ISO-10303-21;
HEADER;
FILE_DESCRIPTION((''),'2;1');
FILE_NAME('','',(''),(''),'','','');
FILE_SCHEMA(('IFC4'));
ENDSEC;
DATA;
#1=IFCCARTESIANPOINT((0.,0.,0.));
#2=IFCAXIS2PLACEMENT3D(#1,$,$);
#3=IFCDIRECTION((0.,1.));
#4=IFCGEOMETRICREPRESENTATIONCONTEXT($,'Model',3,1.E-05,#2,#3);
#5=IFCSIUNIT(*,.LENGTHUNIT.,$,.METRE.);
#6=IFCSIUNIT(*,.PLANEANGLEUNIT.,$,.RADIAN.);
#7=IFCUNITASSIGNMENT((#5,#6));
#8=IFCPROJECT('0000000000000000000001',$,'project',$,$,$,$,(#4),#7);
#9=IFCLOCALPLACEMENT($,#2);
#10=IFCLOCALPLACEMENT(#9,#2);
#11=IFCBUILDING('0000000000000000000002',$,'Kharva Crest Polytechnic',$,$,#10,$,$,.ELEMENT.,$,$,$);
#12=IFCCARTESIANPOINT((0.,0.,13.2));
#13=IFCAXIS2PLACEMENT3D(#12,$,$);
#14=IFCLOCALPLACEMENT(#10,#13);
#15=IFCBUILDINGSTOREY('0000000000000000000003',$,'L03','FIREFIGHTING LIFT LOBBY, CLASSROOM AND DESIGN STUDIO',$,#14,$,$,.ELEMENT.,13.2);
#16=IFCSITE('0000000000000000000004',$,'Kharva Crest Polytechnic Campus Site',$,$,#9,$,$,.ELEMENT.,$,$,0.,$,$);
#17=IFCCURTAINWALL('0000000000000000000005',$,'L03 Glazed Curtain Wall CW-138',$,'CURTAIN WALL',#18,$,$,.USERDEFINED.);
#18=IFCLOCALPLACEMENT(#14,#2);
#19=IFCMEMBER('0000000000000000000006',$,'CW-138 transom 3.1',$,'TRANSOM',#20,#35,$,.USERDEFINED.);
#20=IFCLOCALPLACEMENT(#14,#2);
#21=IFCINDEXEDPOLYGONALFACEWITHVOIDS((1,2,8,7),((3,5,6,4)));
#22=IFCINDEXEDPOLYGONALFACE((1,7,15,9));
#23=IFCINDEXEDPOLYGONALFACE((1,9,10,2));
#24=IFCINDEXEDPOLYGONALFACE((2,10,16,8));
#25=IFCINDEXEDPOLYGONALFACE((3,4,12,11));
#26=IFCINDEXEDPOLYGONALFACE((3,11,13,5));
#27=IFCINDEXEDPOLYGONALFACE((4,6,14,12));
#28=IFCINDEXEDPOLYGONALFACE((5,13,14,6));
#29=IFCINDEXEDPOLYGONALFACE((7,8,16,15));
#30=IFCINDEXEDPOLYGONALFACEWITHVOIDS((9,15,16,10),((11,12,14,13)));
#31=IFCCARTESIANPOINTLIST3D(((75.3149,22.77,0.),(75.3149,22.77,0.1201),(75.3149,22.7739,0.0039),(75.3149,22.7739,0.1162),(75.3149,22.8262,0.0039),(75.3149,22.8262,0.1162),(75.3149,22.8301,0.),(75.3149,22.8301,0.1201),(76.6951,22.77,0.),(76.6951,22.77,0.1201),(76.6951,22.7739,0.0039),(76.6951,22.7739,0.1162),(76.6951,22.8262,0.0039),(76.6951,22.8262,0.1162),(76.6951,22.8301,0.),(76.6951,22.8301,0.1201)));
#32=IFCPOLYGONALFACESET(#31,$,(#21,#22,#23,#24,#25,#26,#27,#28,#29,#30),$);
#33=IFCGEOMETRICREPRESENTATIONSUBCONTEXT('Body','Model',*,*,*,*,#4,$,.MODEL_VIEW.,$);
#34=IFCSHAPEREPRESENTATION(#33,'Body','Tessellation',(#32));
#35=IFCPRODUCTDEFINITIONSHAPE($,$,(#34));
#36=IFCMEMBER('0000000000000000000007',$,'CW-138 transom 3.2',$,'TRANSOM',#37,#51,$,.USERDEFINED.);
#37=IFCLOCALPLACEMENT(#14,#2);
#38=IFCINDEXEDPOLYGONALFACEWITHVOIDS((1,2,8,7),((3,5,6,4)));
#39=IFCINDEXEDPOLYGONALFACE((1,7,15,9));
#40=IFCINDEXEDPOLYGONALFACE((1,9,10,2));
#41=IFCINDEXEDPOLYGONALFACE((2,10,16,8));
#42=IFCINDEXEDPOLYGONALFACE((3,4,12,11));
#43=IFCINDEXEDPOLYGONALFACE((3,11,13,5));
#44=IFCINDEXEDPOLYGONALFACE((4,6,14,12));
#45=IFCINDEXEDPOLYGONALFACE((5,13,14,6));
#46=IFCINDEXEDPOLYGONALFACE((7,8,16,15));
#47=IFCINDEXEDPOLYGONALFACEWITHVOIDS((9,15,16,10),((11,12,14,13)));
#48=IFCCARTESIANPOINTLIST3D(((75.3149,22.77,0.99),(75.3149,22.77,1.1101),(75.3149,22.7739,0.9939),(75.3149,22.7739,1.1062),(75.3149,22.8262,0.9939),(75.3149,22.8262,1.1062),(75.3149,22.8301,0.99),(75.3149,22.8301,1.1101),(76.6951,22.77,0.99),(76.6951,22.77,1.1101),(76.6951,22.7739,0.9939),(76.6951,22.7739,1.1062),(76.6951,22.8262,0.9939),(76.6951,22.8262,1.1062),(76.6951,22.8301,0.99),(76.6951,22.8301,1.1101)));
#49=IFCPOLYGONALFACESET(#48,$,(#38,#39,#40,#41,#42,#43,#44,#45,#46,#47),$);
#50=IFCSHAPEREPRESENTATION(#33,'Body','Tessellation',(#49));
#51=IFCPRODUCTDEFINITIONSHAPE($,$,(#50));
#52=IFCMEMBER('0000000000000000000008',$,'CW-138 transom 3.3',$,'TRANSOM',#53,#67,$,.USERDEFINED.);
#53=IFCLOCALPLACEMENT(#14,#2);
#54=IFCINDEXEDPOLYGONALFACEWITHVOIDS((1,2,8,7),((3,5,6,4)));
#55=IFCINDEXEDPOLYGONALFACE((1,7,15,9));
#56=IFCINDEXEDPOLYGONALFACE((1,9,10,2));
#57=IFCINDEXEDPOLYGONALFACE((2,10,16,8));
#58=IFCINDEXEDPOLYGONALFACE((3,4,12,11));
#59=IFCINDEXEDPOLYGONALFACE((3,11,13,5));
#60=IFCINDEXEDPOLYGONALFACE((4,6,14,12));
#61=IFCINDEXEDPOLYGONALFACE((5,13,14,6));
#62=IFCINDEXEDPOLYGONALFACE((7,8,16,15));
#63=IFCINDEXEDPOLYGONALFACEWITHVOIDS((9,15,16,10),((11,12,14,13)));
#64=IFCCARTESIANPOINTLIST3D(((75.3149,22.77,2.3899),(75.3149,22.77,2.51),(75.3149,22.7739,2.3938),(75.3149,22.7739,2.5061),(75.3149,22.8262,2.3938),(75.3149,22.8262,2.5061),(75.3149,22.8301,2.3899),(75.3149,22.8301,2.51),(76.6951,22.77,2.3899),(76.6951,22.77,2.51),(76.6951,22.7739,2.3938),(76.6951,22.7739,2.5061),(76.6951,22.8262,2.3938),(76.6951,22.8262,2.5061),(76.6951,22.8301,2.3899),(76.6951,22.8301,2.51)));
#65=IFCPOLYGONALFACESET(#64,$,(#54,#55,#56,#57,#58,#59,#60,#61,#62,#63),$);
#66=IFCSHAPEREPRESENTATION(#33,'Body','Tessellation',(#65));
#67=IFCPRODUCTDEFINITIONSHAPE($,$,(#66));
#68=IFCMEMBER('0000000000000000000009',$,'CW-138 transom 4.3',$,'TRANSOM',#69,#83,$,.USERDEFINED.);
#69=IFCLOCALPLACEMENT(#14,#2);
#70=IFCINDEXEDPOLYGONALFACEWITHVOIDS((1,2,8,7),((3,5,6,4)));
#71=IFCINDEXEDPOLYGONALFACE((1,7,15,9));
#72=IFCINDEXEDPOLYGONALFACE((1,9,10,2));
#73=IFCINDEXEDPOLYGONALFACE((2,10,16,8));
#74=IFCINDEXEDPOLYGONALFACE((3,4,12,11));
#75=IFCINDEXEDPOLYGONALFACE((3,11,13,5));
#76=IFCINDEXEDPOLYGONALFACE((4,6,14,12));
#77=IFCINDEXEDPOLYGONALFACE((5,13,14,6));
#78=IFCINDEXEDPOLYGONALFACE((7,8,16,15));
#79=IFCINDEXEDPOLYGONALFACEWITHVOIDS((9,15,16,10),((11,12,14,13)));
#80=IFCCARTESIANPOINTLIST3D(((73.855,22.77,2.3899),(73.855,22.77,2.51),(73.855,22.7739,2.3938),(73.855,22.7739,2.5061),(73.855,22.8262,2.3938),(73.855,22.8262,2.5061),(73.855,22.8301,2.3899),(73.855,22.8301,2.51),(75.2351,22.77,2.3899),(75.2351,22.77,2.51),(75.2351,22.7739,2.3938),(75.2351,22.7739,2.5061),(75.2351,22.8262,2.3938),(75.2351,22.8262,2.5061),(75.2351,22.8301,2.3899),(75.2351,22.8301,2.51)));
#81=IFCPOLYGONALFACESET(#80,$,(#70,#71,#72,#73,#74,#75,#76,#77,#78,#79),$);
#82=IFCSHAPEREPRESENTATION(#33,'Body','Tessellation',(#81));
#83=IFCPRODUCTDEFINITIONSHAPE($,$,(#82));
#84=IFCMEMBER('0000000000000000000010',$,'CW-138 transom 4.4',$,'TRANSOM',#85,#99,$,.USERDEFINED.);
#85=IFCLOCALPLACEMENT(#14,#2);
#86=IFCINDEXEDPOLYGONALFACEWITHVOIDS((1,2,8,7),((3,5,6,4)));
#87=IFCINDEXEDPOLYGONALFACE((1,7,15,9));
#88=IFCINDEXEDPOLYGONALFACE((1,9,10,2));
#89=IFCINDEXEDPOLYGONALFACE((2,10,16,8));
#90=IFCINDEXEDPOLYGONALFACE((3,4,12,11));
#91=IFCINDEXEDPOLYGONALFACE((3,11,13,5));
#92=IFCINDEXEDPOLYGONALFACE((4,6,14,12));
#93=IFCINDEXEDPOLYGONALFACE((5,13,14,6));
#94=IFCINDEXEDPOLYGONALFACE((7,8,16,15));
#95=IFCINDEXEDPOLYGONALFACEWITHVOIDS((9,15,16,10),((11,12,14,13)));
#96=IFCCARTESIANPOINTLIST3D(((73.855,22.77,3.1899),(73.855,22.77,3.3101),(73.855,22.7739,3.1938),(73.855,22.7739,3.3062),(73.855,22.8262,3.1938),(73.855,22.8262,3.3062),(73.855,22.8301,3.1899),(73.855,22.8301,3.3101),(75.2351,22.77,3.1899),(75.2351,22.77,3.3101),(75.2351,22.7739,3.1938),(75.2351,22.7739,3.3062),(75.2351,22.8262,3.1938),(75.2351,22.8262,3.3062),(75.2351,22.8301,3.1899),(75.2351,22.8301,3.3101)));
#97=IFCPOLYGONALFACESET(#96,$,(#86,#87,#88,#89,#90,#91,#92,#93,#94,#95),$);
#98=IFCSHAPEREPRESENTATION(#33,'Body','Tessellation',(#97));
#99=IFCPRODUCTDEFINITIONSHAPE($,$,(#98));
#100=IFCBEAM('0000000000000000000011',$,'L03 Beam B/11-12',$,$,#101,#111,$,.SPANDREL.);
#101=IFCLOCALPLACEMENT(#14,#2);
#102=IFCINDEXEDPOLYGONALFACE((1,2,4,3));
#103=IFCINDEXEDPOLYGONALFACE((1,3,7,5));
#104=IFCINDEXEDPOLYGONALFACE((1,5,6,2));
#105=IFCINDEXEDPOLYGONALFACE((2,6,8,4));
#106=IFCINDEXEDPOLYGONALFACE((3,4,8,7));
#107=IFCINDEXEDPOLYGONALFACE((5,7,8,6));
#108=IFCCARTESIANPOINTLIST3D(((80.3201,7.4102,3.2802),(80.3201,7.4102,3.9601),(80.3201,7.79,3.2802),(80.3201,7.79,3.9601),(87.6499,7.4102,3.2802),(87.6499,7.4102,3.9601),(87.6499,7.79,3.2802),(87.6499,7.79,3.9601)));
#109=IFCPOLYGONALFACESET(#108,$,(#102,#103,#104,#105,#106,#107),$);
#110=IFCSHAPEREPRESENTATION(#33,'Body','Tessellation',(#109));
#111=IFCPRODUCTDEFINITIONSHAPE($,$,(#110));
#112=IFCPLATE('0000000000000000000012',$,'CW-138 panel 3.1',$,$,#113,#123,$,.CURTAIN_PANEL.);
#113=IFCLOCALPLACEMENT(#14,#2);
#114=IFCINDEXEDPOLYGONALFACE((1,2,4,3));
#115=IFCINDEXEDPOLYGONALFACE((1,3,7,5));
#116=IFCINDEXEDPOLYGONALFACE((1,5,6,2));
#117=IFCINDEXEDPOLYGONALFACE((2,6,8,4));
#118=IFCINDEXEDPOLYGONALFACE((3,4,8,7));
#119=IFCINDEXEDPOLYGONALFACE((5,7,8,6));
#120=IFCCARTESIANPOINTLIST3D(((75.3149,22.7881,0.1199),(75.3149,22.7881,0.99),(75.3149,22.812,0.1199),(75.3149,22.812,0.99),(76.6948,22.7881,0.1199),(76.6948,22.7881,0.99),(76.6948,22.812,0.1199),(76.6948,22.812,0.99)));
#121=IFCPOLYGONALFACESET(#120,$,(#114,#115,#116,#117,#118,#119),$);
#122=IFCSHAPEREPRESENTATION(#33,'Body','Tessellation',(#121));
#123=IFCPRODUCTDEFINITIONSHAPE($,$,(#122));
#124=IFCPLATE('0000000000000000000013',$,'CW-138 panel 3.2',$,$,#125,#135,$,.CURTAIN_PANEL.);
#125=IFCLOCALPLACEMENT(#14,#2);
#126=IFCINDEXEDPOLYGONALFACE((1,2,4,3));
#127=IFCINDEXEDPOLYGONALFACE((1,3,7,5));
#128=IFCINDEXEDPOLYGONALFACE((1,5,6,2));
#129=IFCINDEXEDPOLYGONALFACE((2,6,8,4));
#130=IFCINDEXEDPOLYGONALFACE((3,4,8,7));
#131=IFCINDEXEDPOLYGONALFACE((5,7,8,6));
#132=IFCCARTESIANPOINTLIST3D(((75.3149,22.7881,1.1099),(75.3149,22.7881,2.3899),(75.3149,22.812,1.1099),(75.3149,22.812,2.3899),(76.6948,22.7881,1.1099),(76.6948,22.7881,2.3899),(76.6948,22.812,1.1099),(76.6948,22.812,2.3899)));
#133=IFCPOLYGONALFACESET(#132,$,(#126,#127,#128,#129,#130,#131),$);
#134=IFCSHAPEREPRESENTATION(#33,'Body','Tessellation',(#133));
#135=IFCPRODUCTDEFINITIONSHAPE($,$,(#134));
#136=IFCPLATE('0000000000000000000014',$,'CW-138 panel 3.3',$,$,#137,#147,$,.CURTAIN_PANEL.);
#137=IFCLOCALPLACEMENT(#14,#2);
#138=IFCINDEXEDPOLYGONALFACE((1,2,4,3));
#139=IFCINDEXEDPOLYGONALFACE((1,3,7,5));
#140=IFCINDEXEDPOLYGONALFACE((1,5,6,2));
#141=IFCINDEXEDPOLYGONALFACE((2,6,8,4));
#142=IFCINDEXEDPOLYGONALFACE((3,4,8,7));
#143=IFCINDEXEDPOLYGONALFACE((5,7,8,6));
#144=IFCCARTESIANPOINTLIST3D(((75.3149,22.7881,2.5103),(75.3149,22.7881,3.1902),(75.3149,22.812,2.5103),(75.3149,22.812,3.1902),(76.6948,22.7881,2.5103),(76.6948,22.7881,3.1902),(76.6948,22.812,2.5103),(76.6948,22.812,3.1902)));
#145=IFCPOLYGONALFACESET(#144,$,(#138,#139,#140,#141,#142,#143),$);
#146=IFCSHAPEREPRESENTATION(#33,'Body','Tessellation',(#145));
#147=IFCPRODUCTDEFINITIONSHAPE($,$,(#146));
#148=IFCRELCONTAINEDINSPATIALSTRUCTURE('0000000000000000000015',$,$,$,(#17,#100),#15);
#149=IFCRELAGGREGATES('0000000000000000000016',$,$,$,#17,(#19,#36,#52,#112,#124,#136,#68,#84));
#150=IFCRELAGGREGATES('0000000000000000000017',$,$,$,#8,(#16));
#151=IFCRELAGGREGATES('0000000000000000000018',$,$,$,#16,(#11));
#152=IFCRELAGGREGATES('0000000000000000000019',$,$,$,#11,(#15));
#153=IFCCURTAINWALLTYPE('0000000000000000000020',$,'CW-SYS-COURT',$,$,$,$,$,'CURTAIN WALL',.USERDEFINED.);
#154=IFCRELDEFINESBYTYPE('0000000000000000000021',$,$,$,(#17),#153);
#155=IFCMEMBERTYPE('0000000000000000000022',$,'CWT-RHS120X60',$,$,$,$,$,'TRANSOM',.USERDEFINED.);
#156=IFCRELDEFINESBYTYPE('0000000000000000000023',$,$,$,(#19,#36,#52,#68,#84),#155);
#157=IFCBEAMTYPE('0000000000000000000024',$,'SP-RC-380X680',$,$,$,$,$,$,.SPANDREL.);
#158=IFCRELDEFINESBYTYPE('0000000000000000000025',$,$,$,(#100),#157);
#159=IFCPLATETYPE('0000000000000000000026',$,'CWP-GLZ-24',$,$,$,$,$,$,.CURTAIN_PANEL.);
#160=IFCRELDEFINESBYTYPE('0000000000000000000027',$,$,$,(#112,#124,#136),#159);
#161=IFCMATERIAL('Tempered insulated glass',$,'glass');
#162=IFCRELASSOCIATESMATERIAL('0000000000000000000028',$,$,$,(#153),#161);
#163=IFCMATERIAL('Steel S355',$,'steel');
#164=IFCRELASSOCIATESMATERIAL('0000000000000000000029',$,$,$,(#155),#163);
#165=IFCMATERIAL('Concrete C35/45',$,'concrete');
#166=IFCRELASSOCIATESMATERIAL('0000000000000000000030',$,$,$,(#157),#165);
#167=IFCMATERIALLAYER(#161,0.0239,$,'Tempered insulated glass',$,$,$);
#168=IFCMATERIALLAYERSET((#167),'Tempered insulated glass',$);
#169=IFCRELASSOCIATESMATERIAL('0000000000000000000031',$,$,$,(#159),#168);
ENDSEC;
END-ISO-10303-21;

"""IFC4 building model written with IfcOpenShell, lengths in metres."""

from ifc_helpers import new_model, si_unit, direction, frame, origin, origin_2d, place, context, subcontext, project, spatial, rectangle, hollow_rectangle, extrude, material, layer, layer_set, material_profile, profile_set, type_object, element, aggregate, save


model = new_model("IFC4")

# Units and contexts
model_context = context("Model", 3, precision=1e-05, world=origin(), true_north=direction((0.0, 1.0)))
body_context = subcontext(model_context, "Body", "Model", "MODEL_VIEW")
ifc_project = project(units=[si_unit("LENGTHUNIT", "METRE"), si_unit("PLANEANGLEUNIT", "RADIAN")], contexts=[model_context])

# Site, building, storey
site_placement = place(None, origin())
site = spatial("IfcSite", under=ifc_project, at=site_placement, Name="Kharva Crest Polytechnic Campus Site", CompositionType="ELEMENT", RefElevation=0.0)
building_placement = place(site_placement, origin())
building = spatial("IfcBuilding", under=site, at=building_placement, Name="Kharva Crest Polytechnic", CompositionType="ELEMENT")
storey_placement = place(building_placement, frame((0.0, 0.0, 13.2)))
storey = spatial("IfcBuildingStorey", under=building, at=storey_placement, Name="L03", Description="FIREFIGHTING LIFT LOBBY, CLASSROOM AND DESIGN STUDIO", CompositionType="ELEMENT", Elevation=13.2)

# Shared definitions
ifc_material_1 = material(Name="Concrete C35/45", Category="concrete")

# Curtain wall, members
ifc_material_2 = material(Name="Tempered insulated glass", Category="glass")
curtain_wall_type = type_object("IfcCurtainWallType", Name="CW-SYS-COURT", ElementType="CURTAIN WALL", PredefinedType="USERDEFINED", material=ifc_material_2)
curtain_wall_placement = place(storey_placement, origin())
curtain_wall = element("IfcCurtainWall", 1, at=curtain_wall_placement, inside=storey, type_object=curtain_wall_type, Name="L03 Glazed Curtain Wall CW-138", ObjectType="CURTAIN WALL", PredefinedType="USERDEFINED")
ifc_material_3 = material(Name="Steel S355", Category="steel")
ifc_material_profile_1 = material_profile(ifc_material_3, hollow_rectangle(XDim=0.0601, YDim=0.1201, WallThickness=0.0039, at=origin_2d()), Name="RHS 120X60X4.0")
ifc_profile_set_1 = profile_set([ifc_material_profile_1], Name="Steel S355")
member_type_1 = type_object("IfcMemberType", Name="CWT-RHS120X60", ElementType="TRANSOM", PredefinedType="USERDEFINED", material=ifc_profile_set_1)
member_1_placement = place(storey_placement, frame((76.6951, 22.8, 0.0601), z_axis=(-1.0, 0.0, 0.0), x_axis=(0.0, -1.0, 0.0)))
member_1 = element("IfcMember", 2, at=member_1_placement, type_object=member_type_1, Name="CW-138 transom 3.1", ObjectType="TRANSOM", PredefinedType="USERDEFINED", context=body_context, shape_type="SweptSolid", body=[
    extrude(hollow_rectangle(XDim=0.0601, YDim=0.1201, WallThickness=0.0039, at=origin_2d()), origin(), (0.0, 0.0, 1.0), 1.3801),
])
member_2_placement = place(storey_placement, frame((76.6951, 22.8, 1.05), z_axis=(-1.0, 0.0, 0.0), x_axis=(0.0, -1.0, 0.0)))
member_2 = element("IfcMember", 3, at=member_2_placement, type_object=member_type_1, Name="CW-138 transom 3.2", ObjectType="TRANSOM", PredefinedType="USERDEFINED", context=body_context, shape_type="SweptSolid", body=[
    extrude(hollow_rectangle(XDim=0.0601, YDim=0.1201, WallThickness=0.0039, at=origin_2d()), origin(), (0.0, 0.0, 1.0), 1.3801),
])
member_3_placement = place(storey_placement, frame((76.6951, 22.8, 2.45), z_axis=(-1.0, 0.0, 0.0), x_axis=(0.0, -1.0, 0.0)))
member_3 = element("IfcMember", 4, at=member_3_placement, type_object=member_type_1, Name="CW-138 transom 3.3", ObjectType="TRANSOM", PredefinedType="USERDEFINED", context=body_context, shape_type="SweptSolid", body=[
    extrude(hollow_rectangle(XDim=0.0601, YDim=0.1201, WallThickness=0.0039, at=origin_2d()), origin(), (0.0, 0.0, 1.0), 1.3801),
])
member_4_placement = place(storey_placement, frame((75.2351, 22.8, 2.45), z_axis=(-1.0, 0.0, 0.0), x_axis=(0.0, -1.0, 0.0)))
member_4 = element("IfcMember", 5, at=member_4_placement, type_object=member_type_1, Name="CW-138 transom 4.3", ObjectType="TRANSOM", PredefinedType="USERDEFINED", context=body_context, shape_type="SweptSolid", body=[
    extrude(hollow_rectangle(XDim=0.0601, YDim=0.1201, WallThickness=0.0039, at=origin_2d()), origin(), (0.0, 0.0, 1.0), 1.3801),
])
member_5_placement = place(storey_placement, frame((75.2351, 22.8, 3.25), z_axis=(-1.0, 0.0, 0.0), x_axis=(0.0, -1.0, 0.0)))
member_5 = element("IfcMember", 6, at=member_5_placement, type_object=member_type_1, Name="CW-138 transom 4.4", ObjectType="TRANSOM", PredefinedType="USERDEFINED", context=body_context, shape_type="SweptSolid", body=[
    extrude(hollow_rectangle(XDim=0.0601, YDim=0.1201, WallThickness=0.0039, at=origin_2d()), origin(), (0.0, 0.0, 1.0), 1.3801),
])

# Beam
ifc_material_profile_2 = material_profile(ifc_material_1, rectangle(XDim=0.3799, YDim=0.6799, at=origin_2d()), Name="RECT 380 X 680")
ifc_profile_set_2 = profile_set([ifc_material_profile_2], Name="Concrete C35/45")
beam_type_1 = type_object("IfcBeamType", Name="SP-RC-380X680", PredefinedType="SPANDREL", material=ifc_profile_set_2)
beam_1_placement = place(storey_placement, frame((80.3201, 7.6001, 3.6201), z_axis=(1.0, 0.0, 0.0), x_axis=(0.0, 1.0, 0.0)))
element("IfcBeam", 7, at=beam_1_placement, inside=storey, type_object=beam_type_1, Name="L03 Beam B/11-12", PredefinedType="SPANDREL", context=body_context, shape_type="SweptSolid", body=[
    extrude(rectangle(XDim=0.3799, YDim=0.6799, at=origin_2d()), origin(), (0.0, 0.0, 1.0), 7.3298),
])

# Plates
ifc_layer_1 = layer(ifc_material_2, 0.0239, Name="Tempered insulated glass")
ifc_layer_set_1 = layer_set([ifc_layer_1], Name="Tempered insulated glass")
plate_type = type_object("IfcPlateType", Name="CWP-GLZ-24", PredefinedType="CURTAIN_PANEL", material=ifc_layer_set_1)
plate_1_placement = place(storey_placement, frame((76.0049, 22.8, 0.1199), z_axis=(0.0, 0.0, 1.0), x_axis=(-1.0, 0.0, 0.0)))
plate_1 = element("IfcPlate", 8, at=plate_1_placement, type_object=plate_type, Name="CW-138 panel 3.1", PredefinedType="CURTAIN_PANEL", context=body_context, shape_type="SweptSolid", body=[
    extrude(rectangle(XDim=1.3799, YDim=0.0239, at=origin_2d()), origin(), (0.0, 0.0, 1.0), 0.8701),
])
plate_2_placement = place(storey_placement, frame((76.0049, 22.8, 1.1099), z_axis=(0.0, 0.0, 1.0), x_axis=(-1.0, 0.0, 0.0)))
plate_2 = element("IfcPlate", 9, at=plate_2_placement, type_object=plate_type, Name="CW-138 panel 3.2", PredefinedType="CURTAIN_PANEL", context=body_context, shape_type="SweptSolid", body=[
    extrude(rectangle(XDim=1.3799, YDim=0.0239, at=origin_2d()), origin(), (0.0, 0.0, 1.0), 1.28),
])
plate_3_placement = place(storey_placement, frame((76.0049, 22.8, 2.5103), z_axis=(0.0, 0.0, 1.0), x_axis=(-1.0, 0.0, 0.0)))
plate_3 = element("IfcPlate", 10, at=plate_3_placement, type_object=plate_type, Name="CW-138 panel 3.3", PredefinedType="CURTAIN_PANEL", context=body_context, shape_type="SweptSolid", body=[
    extrude(rectangle(XDim=1.3799, YDim=0.0239, at=origin_2d()), origin(), (0.0, 0.0, 1.0), 0.6799),
])
aggregate(curtain_wall, [member_1, member_2, member_3, plate_1, plate_2, plate_3, member_4, member_5])

save(model, "model.ifc")
